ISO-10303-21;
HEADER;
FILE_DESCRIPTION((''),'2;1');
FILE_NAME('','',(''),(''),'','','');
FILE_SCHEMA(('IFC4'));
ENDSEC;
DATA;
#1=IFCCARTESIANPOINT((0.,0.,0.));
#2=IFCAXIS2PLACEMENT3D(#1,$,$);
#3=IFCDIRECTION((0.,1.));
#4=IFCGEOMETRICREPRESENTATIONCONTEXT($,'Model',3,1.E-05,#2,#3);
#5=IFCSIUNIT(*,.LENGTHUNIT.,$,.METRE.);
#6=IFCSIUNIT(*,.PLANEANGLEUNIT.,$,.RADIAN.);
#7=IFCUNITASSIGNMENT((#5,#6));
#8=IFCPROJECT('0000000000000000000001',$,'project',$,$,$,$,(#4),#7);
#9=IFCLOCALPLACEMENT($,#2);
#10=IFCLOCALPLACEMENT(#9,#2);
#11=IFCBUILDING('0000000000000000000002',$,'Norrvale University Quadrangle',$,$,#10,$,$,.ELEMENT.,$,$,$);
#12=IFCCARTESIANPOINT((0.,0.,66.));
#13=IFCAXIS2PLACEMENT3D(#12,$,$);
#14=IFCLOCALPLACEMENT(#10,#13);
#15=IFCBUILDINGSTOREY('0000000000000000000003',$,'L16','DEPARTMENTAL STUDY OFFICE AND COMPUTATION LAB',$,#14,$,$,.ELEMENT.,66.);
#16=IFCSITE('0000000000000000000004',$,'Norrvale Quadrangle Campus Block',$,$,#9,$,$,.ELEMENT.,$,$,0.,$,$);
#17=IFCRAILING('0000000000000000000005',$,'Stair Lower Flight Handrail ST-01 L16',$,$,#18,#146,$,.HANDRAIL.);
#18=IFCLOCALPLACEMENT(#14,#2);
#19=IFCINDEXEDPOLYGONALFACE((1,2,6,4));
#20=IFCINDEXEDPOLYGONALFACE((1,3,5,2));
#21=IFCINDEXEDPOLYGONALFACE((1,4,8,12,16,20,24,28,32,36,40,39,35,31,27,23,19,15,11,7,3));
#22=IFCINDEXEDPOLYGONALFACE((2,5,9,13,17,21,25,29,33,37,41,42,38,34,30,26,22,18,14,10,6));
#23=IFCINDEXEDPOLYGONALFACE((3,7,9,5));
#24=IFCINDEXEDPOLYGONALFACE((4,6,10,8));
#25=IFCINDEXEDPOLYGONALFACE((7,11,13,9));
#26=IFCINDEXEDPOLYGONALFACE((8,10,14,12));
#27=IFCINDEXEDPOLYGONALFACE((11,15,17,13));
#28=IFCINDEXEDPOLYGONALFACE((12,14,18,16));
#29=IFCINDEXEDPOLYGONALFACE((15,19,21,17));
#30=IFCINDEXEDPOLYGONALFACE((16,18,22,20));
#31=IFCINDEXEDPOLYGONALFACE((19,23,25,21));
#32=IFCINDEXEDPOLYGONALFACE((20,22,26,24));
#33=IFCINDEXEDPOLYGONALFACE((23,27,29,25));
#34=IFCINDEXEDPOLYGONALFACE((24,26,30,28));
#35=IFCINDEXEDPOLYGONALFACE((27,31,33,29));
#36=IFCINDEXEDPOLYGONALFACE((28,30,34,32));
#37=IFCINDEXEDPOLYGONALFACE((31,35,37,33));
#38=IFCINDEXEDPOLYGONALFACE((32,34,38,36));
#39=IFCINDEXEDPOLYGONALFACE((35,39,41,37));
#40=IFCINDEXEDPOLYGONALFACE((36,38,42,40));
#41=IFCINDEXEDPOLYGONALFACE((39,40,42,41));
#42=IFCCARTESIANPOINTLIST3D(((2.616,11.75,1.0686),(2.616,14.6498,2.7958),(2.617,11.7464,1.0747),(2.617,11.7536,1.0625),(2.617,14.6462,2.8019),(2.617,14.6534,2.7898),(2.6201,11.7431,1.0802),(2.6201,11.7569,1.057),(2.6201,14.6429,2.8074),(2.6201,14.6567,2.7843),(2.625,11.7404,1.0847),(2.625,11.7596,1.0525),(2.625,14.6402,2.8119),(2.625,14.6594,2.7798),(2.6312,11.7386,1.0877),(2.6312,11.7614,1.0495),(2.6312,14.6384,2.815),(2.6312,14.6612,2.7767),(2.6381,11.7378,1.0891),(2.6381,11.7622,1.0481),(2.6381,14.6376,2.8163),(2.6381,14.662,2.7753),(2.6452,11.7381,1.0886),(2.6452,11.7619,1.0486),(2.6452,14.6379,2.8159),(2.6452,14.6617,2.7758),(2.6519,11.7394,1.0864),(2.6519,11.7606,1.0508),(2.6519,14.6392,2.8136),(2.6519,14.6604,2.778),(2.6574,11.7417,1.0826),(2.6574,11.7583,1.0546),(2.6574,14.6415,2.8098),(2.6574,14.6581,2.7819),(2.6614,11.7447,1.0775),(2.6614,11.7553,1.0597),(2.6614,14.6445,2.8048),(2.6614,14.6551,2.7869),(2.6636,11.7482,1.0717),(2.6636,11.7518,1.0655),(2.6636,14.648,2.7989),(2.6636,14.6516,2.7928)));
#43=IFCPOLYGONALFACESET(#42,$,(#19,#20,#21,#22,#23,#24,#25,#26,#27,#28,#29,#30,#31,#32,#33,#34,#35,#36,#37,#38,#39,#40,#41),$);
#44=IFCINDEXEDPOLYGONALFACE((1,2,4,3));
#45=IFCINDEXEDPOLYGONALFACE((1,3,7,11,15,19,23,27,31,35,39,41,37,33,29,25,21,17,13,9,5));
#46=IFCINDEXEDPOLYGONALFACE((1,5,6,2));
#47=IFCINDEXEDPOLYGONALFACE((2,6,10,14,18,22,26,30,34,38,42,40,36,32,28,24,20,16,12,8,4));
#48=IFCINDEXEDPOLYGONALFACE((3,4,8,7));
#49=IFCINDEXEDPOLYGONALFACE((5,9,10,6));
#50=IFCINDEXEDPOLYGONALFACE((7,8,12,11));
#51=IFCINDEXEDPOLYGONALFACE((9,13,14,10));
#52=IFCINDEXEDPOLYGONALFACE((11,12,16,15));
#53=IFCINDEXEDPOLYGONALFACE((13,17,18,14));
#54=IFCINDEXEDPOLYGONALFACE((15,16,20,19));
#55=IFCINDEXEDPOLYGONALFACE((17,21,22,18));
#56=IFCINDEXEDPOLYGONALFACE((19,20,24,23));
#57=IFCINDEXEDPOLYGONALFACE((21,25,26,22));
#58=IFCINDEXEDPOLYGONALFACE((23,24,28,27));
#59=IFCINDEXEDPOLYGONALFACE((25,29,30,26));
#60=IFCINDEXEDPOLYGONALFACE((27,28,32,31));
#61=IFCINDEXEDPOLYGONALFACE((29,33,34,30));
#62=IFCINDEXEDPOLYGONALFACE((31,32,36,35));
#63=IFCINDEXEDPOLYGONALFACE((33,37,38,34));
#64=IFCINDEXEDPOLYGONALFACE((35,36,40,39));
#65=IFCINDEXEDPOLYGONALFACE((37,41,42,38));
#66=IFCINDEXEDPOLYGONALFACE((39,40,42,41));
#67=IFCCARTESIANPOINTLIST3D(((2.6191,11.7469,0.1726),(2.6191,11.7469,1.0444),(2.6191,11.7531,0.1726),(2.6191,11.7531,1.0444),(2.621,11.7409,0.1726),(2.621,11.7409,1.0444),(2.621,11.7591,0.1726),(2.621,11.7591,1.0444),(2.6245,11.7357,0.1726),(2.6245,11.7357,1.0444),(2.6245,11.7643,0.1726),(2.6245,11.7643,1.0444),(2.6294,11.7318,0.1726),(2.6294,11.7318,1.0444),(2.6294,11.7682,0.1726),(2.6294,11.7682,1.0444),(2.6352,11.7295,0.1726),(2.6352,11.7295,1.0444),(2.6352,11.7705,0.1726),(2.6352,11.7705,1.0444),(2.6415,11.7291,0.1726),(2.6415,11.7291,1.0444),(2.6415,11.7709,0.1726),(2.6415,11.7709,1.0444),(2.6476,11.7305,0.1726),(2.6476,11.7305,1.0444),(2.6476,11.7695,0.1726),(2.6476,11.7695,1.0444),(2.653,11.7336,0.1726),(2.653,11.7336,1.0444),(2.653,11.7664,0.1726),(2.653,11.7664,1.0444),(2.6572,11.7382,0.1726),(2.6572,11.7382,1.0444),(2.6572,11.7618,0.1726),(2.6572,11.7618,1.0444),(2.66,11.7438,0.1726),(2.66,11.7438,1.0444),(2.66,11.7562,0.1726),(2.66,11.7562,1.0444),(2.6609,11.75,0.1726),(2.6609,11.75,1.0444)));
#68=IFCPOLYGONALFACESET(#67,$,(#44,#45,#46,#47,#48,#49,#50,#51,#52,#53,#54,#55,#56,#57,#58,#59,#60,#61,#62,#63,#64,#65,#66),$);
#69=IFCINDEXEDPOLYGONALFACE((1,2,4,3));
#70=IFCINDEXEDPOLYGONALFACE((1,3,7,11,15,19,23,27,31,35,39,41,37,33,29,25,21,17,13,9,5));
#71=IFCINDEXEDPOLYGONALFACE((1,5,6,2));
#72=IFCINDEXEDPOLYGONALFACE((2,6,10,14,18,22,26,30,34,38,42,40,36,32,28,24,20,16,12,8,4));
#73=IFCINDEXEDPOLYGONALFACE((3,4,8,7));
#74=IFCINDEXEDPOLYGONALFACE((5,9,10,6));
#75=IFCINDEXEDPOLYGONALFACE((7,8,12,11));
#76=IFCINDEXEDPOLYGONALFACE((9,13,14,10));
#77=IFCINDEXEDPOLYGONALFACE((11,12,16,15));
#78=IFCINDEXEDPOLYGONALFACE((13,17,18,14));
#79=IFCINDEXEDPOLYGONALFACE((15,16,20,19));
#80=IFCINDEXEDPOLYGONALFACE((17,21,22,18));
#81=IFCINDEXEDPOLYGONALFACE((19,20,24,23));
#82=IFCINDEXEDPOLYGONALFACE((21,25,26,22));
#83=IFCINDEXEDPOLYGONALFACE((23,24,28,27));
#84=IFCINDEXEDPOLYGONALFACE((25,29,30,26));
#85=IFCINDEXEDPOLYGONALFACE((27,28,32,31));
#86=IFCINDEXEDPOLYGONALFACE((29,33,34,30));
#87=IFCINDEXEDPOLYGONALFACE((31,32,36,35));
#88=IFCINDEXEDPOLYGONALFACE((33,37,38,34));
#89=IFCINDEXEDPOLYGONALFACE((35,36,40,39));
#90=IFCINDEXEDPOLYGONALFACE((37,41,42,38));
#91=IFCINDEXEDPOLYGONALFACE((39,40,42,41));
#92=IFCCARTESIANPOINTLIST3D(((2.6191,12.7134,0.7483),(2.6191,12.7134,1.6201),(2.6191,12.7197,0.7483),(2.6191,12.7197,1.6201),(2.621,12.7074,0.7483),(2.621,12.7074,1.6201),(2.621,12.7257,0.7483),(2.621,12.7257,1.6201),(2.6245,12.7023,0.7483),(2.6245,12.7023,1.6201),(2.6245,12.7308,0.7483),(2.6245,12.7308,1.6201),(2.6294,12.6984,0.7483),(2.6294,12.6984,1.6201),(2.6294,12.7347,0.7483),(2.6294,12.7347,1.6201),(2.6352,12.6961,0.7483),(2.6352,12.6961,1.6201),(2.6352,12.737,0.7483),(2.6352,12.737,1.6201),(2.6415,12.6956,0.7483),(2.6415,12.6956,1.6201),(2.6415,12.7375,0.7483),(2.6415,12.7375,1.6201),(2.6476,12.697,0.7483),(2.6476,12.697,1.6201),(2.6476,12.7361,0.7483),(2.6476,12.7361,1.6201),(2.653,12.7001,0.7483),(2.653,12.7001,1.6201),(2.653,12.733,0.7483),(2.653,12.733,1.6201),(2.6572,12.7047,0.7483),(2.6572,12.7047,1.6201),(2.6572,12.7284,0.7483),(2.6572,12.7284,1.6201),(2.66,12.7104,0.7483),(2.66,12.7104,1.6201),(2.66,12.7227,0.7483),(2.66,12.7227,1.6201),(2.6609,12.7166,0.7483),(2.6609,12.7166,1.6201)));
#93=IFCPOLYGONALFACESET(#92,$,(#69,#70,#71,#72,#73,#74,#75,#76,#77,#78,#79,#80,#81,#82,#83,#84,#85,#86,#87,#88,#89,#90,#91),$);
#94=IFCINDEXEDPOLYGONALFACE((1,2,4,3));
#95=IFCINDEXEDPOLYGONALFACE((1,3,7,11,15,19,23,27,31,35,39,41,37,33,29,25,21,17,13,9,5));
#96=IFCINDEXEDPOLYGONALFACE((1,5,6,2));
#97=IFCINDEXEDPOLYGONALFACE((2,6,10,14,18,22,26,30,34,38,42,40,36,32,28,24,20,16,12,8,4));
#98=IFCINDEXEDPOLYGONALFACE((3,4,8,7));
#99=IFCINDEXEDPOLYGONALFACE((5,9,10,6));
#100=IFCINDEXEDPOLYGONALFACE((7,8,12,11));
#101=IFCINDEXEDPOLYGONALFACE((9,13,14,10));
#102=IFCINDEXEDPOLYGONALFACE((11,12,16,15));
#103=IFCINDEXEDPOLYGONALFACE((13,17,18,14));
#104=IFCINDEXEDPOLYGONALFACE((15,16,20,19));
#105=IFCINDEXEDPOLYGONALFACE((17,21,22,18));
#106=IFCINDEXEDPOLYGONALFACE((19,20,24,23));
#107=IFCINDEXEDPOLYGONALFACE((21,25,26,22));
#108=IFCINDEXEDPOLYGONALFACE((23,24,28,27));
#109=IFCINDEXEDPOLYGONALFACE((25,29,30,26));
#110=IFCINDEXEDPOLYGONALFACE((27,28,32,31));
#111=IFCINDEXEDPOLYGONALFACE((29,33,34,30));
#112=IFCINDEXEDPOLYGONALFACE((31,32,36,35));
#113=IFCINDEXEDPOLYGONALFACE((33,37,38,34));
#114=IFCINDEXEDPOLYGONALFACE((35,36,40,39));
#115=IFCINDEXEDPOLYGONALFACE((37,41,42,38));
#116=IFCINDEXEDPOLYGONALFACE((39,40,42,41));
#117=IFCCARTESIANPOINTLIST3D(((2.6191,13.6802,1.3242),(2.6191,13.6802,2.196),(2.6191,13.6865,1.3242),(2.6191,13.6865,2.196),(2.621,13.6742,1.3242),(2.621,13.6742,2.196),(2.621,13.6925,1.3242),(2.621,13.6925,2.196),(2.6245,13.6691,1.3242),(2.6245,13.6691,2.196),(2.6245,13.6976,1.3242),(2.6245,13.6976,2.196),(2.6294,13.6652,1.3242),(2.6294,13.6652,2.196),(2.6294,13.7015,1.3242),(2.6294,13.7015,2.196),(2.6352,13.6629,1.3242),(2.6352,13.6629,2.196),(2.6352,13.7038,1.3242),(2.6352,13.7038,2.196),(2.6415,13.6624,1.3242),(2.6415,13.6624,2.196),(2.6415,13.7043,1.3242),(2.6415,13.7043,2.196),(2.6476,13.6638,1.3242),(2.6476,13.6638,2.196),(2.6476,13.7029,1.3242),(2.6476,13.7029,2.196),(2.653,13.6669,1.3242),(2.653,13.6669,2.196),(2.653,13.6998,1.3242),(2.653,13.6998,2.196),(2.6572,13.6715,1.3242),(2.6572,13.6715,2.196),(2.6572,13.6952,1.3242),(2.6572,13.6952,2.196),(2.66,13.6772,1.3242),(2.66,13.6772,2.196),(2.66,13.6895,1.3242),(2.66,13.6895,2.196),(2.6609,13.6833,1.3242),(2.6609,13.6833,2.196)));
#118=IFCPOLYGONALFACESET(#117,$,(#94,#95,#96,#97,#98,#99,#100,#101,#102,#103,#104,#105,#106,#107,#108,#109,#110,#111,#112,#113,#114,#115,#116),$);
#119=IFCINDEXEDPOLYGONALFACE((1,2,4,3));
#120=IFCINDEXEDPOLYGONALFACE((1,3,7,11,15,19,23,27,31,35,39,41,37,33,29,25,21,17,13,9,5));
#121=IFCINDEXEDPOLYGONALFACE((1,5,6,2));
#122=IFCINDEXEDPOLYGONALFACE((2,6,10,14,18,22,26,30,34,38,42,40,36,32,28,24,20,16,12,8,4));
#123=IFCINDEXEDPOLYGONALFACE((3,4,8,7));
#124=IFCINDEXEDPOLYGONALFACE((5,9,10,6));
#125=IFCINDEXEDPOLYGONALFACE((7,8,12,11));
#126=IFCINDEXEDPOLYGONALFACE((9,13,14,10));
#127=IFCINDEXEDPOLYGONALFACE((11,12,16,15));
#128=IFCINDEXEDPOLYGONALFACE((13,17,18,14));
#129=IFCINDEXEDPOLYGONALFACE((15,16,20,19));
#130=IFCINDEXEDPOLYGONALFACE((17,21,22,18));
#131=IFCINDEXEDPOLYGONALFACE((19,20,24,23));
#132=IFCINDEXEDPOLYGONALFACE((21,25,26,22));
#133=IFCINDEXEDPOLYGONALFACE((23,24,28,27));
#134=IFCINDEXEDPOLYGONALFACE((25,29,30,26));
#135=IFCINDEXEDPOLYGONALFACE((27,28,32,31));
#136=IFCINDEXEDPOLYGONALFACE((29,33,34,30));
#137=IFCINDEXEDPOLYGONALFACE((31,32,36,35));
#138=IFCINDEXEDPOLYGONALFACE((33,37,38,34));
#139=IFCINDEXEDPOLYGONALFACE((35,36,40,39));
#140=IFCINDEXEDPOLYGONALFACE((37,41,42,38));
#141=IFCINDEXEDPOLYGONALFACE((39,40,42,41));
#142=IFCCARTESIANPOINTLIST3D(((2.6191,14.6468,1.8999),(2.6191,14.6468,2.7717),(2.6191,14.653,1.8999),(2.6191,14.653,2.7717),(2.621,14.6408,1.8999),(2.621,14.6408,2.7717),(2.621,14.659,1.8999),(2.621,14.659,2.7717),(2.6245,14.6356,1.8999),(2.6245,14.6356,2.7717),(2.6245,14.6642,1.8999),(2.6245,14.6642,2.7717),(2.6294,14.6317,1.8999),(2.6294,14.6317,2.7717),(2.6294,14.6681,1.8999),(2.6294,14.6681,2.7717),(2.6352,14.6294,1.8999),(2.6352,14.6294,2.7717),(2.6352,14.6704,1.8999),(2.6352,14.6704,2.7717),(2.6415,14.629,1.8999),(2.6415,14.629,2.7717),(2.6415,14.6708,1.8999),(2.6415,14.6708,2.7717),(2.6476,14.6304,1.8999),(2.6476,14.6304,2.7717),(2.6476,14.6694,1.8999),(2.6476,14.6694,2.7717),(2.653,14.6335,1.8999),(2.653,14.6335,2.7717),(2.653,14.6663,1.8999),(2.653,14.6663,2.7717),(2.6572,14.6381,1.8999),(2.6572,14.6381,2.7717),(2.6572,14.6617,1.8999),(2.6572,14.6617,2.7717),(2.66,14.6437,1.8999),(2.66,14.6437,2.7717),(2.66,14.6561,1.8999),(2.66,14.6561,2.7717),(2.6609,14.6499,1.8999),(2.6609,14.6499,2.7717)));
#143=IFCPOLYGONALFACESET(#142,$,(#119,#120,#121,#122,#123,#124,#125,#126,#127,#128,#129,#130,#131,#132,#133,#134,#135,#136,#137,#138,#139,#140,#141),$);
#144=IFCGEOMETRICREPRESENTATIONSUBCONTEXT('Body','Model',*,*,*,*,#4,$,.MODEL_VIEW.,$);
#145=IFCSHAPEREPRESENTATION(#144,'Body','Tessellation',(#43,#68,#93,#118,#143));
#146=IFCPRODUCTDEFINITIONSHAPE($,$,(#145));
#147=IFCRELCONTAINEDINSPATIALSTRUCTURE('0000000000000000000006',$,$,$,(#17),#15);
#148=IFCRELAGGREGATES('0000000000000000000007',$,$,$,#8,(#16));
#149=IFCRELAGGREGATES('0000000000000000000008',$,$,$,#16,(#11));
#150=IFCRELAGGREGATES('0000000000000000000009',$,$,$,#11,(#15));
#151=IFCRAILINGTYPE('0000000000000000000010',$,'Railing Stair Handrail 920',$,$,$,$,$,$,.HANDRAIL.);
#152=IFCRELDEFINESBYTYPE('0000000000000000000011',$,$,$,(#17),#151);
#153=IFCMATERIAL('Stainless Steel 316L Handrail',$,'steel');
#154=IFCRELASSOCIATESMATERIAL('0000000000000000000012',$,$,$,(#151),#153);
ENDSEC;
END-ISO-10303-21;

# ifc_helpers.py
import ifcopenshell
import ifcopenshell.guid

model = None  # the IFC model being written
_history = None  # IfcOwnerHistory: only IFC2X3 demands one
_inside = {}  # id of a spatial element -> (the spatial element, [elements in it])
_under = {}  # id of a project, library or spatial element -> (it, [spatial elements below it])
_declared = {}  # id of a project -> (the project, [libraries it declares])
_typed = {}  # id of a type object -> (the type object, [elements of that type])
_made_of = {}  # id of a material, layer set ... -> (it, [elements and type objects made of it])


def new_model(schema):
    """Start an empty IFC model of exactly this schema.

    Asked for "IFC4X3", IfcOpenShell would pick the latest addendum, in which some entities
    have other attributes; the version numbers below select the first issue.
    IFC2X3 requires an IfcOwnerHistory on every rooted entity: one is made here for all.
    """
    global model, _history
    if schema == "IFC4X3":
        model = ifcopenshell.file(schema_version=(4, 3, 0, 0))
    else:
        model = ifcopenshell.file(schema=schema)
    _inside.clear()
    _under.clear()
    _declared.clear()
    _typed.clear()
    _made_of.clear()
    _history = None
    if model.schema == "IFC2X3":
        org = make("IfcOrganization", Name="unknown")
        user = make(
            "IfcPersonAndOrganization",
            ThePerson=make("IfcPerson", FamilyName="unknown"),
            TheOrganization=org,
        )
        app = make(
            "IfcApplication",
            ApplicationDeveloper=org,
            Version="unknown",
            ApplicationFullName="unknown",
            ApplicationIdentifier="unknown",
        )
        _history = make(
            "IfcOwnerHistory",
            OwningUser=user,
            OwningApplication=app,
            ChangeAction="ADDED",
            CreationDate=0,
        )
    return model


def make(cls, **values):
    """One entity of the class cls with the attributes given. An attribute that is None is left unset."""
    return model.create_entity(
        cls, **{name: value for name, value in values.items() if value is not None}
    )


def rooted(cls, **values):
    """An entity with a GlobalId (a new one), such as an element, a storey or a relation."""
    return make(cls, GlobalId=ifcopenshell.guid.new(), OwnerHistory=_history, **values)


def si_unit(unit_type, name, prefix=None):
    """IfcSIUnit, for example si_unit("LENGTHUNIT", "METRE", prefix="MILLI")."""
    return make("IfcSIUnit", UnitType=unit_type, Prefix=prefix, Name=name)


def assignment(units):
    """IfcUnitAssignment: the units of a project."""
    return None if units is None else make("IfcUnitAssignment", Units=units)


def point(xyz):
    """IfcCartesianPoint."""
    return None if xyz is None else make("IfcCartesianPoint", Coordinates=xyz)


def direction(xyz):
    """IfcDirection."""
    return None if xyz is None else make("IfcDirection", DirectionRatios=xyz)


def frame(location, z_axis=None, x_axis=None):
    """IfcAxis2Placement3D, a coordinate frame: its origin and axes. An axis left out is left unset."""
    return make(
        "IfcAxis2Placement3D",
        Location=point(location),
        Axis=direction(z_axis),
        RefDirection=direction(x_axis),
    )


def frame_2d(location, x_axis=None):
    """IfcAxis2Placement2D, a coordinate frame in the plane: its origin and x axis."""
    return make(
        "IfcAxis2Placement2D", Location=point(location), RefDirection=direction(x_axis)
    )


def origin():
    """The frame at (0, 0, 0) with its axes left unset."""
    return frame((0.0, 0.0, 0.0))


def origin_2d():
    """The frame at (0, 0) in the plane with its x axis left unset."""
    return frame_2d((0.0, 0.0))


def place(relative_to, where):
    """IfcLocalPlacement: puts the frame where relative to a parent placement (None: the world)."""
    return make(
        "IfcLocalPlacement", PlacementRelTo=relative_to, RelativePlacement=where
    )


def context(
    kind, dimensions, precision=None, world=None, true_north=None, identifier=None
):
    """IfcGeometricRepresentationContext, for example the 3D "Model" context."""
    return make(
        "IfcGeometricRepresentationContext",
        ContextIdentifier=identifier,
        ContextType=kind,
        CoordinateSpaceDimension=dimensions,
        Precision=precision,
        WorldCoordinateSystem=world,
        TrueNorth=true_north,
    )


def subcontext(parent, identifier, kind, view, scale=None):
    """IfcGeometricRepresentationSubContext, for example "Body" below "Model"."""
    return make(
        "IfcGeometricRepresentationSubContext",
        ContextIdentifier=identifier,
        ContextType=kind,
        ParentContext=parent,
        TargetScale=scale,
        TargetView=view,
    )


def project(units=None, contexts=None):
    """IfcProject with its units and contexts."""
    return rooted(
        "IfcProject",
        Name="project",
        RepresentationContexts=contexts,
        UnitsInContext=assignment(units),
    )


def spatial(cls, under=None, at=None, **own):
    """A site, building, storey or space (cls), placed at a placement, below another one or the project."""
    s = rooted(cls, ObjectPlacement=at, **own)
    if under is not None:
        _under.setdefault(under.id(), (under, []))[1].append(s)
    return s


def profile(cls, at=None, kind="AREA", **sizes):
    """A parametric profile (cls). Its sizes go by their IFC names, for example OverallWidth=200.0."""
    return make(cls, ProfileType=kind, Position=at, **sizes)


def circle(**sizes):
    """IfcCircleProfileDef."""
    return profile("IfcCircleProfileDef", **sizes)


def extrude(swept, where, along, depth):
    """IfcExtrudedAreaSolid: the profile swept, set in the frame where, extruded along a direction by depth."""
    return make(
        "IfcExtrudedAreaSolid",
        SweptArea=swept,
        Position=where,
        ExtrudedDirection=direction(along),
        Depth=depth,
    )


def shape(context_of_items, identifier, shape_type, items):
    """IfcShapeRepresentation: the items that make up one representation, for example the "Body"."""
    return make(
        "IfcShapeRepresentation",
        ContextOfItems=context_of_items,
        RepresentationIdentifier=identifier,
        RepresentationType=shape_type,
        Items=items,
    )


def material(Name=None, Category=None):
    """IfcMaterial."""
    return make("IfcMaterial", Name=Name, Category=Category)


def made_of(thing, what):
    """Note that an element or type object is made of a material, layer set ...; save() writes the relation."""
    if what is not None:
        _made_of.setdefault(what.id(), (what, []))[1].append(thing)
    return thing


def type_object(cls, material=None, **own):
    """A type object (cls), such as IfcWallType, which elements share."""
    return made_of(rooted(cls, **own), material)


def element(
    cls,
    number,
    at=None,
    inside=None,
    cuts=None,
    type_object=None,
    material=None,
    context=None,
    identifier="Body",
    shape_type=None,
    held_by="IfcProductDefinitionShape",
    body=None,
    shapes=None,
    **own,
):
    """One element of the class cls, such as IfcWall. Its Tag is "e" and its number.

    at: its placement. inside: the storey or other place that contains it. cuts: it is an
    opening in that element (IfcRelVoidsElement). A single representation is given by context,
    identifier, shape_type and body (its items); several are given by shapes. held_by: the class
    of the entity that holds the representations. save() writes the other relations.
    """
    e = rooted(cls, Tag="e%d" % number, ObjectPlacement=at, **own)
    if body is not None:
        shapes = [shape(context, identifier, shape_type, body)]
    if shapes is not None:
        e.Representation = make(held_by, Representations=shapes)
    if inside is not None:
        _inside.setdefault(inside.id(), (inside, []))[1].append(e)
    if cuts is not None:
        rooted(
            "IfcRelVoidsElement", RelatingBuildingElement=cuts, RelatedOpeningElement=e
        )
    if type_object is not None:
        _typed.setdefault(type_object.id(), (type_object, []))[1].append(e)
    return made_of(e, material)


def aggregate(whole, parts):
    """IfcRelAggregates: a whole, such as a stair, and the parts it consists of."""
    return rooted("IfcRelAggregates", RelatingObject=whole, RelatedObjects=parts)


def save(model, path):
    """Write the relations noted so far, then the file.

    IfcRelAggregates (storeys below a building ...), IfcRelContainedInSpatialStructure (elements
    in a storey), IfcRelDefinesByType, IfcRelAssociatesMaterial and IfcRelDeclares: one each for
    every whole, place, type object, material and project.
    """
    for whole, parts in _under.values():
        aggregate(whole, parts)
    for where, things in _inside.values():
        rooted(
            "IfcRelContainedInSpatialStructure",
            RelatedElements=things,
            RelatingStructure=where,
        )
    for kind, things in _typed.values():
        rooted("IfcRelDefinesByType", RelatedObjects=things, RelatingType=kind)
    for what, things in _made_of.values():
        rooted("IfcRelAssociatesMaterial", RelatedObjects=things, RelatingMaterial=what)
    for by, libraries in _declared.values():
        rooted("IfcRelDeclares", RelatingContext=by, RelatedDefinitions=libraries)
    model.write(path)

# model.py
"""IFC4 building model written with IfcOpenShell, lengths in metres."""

from ifc_helpers import new_model, si_unit, direction, frame, origin, origin_2d, place, context, subcontext, project, spatial, circle, extrude, material, type_object, element, save


model = new_model("IFC4")

# Units and contexts
model_context = context("Model", 3, precision=1e-05, world=origin(), true_north=direction((0.0, 1.0)))
body_context = subcontext(model_context, "Body", "Model", "MODEL_VIEW")
ifc_project = project(units=[si_unit("LENGTHUNIT", "METRE"), si_unit("PLANEANGLEUNIT", "RADIAN")], contexts=[model_context])

# Site, building, storey
site_placement = place(None, origin())
site = spatial("IfcSite", under=ifc_project, at=site_placement, Name="Norrvale Quadrangle Campus Block", CompositionType="ELEMENT", RefElevation=0.0)
building_placement = place(site_placement, origin())
building = spatial("IfcBuilding", under=site, at=building_placement, Name="Norrvale University Quadrangle", CompositionType="ELEMENT")
storey_placement = place(building_placement, frame((0.0, 0.0, 66.0)))
storey = spatial("IfcBuildingStorey", under=building, at=storey_placement, Name="L16", Description="DEPARTMENTAL STUDY OFFICE AND COMPUTATION LAB", CompositionType="ELEMENT", Elevation=66.0)

# Railing
ifc_material_1 = material(Name="Stainless Steel 316L Handrail", Category="steel")
railing_type_1 = type_object("IfcRailingType", Name="Railing Stair Handrail 920", PredefinedType="HANDRAIL", material=ifc_material_1)
railing_1_placement = place(storey_placement, frame((2.6399, 11.75, 0.1726)))
element("IfcRailing", 1, at=railing_1_placement, inside=storey, type_object=railing_type_1, Name="Stair Lower Flight Handrail ST-01 L16", PredefinedType="HANDRAIL", context=body_context, shape_type="SweptSolid", body=[
    extrude(circle(Radius=0.0239, at=origin_2d()), frame((0.0, 0.0, 0.896), z_axis=(0.0, 0.859141, 0.511738), x_axis=(-1.0, 0.0, 0.0)), (0.0, 0.0, 1.0), 3.3752),
    extrude(circle(Radius=0.021, at=origin_2d()), origin(), (0.0, 0.0, 1.0), 0.8718),
    extrude(circle(Radius=0.021, at=origin_2d()), frame((0.0, 0.9666, 0.5757)), (0.0, 0.0, 1.0), 0.8718),
    extrude(circle(Radius=0.021, at=origin_2d()), frame((0.0, 1.9333, 1.1516)), (0.0, 0.0, 1.0), 0.8718),
    extrude(circle(Radius=0.021, at=origin_2d()), frame((0.0, 2.8999, 1.7273)), (0.0, 0.0, 1.0), 0.8718),
])

save(model, "model.ifc")
